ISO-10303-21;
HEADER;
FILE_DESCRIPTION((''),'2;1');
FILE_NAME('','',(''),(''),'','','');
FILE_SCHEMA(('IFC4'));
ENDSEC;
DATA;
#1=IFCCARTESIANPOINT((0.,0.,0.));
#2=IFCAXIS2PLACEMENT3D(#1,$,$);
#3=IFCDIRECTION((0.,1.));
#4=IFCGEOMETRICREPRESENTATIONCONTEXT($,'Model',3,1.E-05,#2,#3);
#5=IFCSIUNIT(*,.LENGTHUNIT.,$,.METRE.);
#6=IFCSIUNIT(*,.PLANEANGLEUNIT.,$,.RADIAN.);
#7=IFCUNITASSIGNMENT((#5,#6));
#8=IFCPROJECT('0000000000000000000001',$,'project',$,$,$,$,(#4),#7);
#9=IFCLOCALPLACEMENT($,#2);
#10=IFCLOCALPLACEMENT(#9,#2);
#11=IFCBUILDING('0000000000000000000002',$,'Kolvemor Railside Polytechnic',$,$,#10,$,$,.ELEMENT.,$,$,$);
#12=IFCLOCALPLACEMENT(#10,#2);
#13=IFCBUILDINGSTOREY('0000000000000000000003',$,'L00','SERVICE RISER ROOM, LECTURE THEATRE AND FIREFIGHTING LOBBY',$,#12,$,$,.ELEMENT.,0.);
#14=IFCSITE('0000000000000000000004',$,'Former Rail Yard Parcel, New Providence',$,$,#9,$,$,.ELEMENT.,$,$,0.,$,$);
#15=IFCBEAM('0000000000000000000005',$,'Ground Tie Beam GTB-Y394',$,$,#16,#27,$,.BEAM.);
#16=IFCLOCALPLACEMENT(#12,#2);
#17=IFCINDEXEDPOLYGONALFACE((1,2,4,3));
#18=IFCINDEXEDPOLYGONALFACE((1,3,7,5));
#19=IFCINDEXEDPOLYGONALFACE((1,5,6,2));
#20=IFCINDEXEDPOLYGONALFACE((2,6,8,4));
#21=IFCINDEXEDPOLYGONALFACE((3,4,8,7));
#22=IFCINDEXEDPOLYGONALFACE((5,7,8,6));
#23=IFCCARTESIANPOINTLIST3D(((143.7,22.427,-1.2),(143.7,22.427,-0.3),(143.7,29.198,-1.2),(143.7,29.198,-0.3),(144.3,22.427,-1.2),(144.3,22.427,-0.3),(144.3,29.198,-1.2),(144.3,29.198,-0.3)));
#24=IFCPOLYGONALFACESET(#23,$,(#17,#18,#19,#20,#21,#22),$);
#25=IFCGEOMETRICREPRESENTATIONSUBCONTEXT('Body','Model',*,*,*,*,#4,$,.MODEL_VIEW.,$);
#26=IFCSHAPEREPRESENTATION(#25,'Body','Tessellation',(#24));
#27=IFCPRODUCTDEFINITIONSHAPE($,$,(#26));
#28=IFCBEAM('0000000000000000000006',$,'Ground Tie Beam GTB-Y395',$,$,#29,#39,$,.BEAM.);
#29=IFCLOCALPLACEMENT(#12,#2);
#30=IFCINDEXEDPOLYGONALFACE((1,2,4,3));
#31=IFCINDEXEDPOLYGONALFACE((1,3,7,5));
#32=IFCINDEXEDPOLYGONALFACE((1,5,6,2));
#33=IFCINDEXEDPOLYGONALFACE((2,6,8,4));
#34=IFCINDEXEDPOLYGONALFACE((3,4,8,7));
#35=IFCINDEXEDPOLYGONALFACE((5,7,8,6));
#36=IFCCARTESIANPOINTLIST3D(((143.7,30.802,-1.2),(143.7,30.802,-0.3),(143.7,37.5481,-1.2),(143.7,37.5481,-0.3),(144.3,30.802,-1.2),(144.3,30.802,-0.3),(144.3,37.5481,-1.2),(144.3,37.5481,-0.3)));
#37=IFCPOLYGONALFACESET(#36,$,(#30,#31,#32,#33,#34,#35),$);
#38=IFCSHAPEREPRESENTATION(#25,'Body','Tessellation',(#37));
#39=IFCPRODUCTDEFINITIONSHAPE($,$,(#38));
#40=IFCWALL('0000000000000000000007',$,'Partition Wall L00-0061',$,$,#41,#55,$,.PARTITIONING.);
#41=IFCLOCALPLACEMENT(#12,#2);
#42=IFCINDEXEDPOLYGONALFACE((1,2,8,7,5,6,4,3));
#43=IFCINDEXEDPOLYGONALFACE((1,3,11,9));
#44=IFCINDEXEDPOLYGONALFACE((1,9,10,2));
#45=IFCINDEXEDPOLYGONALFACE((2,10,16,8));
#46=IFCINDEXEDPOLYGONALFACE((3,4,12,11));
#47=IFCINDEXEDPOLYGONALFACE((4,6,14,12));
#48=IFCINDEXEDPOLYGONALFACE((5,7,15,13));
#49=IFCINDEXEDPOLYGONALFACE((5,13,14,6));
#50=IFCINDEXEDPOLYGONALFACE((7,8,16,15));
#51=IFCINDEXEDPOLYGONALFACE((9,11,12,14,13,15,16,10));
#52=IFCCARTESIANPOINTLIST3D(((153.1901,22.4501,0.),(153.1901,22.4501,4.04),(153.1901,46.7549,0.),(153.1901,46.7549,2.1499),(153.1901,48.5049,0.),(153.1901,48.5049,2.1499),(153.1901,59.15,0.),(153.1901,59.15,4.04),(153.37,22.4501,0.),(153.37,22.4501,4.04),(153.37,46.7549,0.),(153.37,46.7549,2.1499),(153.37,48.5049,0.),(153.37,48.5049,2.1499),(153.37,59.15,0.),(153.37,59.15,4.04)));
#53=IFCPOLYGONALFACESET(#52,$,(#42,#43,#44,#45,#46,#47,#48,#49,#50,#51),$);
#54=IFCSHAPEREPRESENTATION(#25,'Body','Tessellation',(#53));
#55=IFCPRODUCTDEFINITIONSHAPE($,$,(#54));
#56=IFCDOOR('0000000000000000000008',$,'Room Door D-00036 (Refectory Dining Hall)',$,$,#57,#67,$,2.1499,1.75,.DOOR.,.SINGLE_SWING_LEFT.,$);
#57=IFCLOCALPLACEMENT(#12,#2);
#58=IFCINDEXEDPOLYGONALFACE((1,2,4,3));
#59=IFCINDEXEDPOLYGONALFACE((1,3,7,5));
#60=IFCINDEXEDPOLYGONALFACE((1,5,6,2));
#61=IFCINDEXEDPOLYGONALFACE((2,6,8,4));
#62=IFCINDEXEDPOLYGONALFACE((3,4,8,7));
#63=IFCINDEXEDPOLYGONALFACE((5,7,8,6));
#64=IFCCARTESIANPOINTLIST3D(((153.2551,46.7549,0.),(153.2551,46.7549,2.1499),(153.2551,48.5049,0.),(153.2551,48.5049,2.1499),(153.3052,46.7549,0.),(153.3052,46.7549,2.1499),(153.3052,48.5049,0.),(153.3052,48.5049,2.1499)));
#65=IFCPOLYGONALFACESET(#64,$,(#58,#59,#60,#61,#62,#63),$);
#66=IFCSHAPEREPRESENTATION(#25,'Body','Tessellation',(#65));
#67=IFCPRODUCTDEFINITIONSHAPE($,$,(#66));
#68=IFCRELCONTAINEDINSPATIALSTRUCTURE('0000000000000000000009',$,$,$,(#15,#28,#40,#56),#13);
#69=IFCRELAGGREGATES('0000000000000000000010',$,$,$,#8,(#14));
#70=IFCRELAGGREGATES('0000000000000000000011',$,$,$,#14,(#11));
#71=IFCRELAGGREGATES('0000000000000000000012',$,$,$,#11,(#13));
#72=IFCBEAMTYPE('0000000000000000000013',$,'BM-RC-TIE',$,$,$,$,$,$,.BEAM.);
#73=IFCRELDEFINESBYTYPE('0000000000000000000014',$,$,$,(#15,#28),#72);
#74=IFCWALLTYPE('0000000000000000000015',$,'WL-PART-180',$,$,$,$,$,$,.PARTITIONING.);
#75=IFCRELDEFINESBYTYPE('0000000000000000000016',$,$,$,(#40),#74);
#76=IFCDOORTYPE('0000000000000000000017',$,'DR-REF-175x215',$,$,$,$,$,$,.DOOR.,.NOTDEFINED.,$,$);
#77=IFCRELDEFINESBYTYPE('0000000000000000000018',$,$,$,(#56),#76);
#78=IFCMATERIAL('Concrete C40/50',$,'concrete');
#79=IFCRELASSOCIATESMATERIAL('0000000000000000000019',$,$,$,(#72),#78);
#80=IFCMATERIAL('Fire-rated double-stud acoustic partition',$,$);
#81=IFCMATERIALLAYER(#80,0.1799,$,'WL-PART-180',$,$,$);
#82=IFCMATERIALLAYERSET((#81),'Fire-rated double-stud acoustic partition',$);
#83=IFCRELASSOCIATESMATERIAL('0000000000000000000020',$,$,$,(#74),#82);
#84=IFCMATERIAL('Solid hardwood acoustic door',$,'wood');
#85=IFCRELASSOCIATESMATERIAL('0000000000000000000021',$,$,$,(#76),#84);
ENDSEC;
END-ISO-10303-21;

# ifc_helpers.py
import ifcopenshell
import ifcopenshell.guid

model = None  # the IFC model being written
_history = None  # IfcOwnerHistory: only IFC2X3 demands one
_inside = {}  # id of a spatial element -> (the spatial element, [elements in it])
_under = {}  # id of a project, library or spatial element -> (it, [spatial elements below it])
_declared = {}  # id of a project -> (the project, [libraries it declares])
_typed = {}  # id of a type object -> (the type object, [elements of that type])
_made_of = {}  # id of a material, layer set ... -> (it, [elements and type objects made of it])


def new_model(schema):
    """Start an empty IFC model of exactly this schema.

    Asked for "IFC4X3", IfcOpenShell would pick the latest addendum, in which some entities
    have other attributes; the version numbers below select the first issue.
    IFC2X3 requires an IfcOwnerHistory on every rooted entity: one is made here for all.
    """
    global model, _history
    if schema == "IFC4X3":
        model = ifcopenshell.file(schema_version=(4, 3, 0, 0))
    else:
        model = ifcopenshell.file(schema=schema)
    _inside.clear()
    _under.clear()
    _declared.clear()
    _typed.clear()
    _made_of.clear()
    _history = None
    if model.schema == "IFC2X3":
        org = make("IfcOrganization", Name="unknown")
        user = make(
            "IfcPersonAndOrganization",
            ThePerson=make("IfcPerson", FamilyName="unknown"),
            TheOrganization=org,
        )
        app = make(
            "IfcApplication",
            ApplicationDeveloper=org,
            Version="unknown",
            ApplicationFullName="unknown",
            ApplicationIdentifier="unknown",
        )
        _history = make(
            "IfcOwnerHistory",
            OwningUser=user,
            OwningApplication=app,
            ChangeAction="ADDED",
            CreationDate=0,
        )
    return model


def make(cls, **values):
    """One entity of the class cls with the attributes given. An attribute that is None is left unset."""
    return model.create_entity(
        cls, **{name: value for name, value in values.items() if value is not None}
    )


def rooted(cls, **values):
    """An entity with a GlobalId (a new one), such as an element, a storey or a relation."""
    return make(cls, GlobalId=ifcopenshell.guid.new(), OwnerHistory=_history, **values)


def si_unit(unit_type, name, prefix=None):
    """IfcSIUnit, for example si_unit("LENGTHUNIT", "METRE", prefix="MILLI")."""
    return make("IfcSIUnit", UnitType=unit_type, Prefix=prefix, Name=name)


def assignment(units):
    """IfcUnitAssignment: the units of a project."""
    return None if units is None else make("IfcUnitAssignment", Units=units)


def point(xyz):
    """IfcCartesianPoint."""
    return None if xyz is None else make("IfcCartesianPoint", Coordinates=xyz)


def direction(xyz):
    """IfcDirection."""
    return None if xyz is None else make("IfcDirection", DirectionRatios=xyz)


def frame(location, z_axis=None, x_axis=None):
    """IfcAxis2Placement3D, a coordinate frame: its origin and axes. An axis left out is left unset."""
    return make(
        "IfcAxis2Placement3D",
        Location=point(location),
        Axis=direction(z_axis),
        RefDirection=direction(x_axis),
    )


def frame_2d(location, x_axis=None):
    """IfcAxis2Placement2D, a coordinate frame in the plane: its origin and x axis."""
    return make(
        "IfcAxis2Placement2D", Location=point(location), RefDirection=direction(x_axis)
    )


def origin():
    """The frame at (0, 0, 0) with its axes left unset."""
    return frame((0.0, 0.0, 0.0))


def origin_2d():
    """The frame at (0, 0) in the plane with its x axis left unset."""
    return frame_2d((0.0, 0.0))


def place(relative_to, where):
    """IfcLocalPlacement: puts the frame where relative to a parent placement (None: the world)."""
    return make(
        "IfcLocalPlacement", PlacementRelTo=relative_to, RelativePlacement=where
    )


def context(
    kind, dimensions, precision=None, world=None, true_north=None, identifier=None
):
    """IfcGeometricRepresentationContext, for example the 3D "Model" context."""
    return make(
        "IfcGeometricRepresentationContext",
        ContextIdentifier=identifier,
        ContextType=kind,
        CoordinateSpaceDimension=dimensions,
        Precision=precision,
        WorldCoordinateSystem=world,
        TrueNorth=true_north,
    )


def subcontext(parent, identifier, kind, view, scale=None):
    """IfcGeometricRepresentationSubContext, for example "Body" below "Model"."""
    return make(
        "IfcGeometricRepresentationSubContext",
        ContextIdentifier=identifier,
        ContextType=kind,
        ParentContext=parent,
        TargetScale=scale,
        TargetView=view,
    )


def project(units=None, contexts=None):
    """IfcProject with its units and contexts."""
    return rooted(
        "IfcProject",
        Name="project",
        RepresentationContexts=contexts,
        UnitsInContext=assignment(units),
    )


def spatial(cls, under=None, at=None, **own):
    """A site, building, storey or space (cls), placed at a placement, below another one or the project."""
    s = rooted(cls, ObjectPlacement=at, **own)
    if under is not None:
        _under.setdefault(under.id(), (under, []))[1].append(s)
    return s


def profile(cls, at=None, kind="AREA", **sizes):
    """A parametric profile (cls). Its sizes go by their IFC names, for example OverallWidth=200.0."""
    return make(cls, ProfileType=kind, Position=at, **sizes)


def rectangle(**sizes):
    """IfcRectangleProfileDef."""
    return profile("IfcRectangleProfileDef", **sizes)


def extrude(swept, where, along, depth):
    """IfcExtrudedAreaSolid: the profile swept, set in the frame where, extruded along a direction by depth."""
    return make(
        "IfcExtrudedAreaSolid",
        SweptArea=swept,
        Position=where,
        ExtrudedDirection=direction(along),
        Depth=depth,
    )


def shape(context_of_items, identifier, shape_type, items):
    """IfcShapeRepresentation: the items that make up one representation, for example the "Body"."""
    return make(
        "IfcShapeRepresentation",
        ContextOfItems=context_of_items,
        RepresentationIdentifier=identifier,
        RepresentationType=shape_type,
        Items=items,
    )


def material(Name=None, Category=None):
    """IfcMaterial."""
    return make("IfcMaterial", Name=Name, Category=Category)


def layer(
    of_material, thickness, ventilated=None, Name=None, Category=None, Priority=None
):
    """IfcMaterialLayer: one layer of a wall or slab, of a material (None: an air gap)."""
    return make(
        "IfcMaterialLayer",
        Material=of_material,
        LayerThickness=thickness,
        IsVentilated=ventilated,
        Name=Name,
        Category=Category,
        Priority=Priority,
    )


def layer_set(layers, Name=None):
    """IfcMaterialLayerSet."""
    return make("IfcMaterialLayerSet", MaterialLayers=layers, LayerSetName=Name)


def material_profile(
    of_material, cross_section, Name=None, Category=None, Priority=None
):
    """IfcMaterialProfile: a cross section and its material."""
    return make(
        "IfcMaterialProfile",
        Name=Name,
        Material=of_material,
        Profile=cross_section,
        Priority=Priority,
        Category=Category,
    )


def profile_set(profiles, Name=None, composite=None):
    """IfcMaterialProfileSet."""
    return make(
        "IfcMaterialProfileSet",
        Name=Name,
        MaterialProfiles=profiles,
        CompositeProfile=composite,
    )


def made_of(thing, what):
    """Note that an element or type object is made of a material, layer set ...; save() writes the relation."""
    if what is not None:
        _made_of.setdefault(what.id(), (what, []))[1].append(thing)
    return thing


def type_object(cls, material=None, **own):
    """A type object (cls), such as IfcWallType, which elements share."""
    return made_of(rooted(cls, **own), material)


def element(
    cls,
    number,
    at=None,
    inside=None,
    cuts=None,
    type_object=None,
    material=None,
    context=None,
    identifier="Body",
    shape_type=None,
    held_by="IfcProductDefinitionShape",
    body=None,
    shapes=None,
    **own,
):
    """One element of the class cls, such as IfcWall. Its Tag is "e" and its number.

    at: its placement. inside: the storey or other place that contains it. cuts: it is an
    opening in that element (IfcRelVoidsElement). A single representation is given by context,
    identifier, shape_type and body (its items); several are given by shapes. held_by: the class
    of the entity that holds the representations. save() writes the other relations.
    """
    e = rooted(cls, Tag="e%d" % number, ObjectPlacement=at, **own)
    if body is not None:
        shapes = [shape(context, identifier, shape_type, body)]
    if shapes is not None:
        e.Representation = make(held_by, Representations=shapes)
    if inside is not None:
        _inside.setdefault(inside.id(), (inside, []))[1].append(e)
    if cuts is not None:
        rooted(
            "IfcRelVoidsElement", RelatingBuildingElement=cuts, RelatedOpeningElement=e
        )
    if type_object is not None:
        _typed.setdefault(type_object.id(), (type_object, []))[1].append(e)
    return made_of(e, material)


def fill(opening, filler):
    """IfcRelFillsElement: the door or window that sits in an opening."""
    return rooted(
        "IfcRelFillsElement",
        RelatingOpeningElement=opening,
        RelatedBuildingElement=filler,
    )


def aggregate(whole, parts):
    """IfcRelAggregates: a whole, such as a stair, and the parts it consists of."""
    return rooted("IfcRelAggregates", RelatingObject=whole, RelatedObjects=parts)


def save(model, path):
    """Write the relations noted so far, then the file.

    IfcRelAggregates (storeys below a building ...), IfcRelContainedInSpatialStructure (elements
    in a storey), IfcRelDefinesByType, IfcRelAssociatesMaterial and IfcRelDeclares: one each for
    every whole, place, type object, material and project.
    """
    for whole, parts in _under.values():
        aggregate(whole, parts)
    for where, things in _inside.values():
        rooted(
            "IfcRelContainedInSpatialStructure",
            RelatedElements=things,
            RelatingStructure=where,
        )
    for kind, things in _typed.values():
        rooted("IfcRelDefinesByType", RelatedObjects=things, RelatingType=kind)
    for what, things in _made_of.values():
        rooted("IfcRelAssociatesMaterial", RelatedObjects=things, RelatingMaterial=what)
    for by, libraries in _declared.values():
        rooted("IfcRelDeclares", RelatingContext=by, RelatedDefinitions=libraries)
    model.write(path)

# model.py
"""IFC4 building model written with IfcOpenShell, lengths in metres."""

from ifc_helpers import new_model, si_unit, direction, frame, frame_2d, origin, origin_2d, place, context, subcontext, project, spatial, rectangle, extrude, material, layer, layer_set, material_profile, profile_set, type_object, element, fill, save


model = new_model("IFC4")

# Units and contexts
model_context = context("Model", 3, precision=1e-05, world=origin(), true_north=direction((0.0, 1.0)))
body_context = subcontext(model_context, "Body", "Model", "MODEL_VIEW")
ifc_project = project(units=[si_unit("LENGTHUNIT", "METRE"), si_unit("PLANEANGLEUNIT", "RADIAN")], contexts=[model_context])

# Site, building, storey
site_placement = place(None, origin())
site = spatial("IfcSite", under=ifc_project, at=site_placement, Name="Former Rail Yard Parcel, New Providence", CompositionType="ELEMENT", RefElevation=0.0)
building_placement = place(site_placement, origin())
building = spatial("IfcBuilding", under=site, at=building_placement, Name="Kolvemor Railside Polytechnic", CompositionType="ELEMENT")
storey_placement = place(building_placement, origin())
storey = spatial("IfcBuildingStorey", under=building, at=storey_placement, Name="L00", Description="SERVICE RISER ROOM, LECTURE THEATRE AND FIREFIGHTING LOBBY", CompositionType="ELEMENT", Elevation=0.0)

# Beams
ifc_material_1 = material(Name="Concrete C40/50", Category="concrete")
ifc_material_profile_1 = material_profile(ifc_material_1, rectangle(XDim=0.6001, YDim=0.8999, at=origin_2d()), Name="RC600x900")
ifc_profile_set_1 = profile_set([ifc_material_profile_1], Name="Concrete C40/50")
beam_type_1 = type_object("IfcBeamType", Name="BM-RC-TIE", PredefinedType="BEAM", material=ifc_profile_set_1)
beam_1_placement = place(storey_placement, frame((144.0, 22.427, -0.75), z_axis=(0.0, 1.0, 0.0), x_axis=(-1.0, 0.0, 0.0)))
element("IfcBeam", 1, at=beam_1_placement, inside=storey, type_object=beam_type_1, Name="Ground Tie Beam GTB-Y394", PredefinedType="BEAM", context=body_context, shape_type="SweptSolid", body=[
    extrude(rectangle(XDim=0.6001, YDim=0.8999, at=origin_2d()), origin(), (0.0, 0.0, 1.0), 6.771),
])
beam_2_placement = place(storey_placement, frame((144.0, 30.802, -0.75), z_axis=(0.0, 1.0, 0.0), x_axis=(-1.0, 0.0, 0.0)))
element("IfcBeam", 2, at=beam_2_placement, inside=storey, type_object=beam_type_1, Name="Ground Tie Beam GTB-Y395", PredefinedType="BEAM", context=body_context, shape_type="SweptSolid", body=[
    extrude(rectangle(XDim=0.6001, YDim=0.8999, at=origin_2d()), origin(), (0.0, 0.0, 1.0), 6.7461),
])

# Wall, opening, door
ifc_material_2 = material(Name="Fire-rated double-stud acoustic partition")
ifc_layer = layer(ifc_material_2, 0.1799, Name="WL-PART-180")
ifc_layer_set = layer_set([ifc_layer], Name="Fire-rated double-stud acoustic partition")
wall_type = type_object("IfcWallType", Name="WL-PART-180", PredefinedType="PARTITIONING", material=ifc_layer_set)
wall_placement = place(storey_placement, frame((153.28, 22.45, 0.0), z_axis=(0.0, 0.0, 1.0), x_axis=(0.0, 1.0, 0.0)))
wall = element("IfcWall", 3, at=wall_placement, inside=storey, type_object=wall_type, Name="Partition Wall L00-0061", PredefinedType="PARTITIONING", context=body_context, shape_type="SweptSolid", body=[
    extrude(rectangle(XDim=36.7, YDim=0.1799, at=frame_2d((18.3501, 0.0))), origin(), (0.0, 0.0, 1.0), 4.04),
])
opening_placement = place(wall_placement, frame((24.3049, 0.0, 0.0)))
opening = element("IfcOpeningElement", 4, at=opening_placement, cuts=wall, PredefinedType="OPENING", context=body_context, shape_type="SweptSolid", body=[
    extrude(rectangle(XDim=1.75, YDim=2.1499, at=frame_2d((0.875, 1.075))), frame((0.0, 0.0999, 0.0), z_axis=(0.0, -1.0, 0.0), x_axis=(1.0, 0.0, 0.0)), (0.0, 0.0, 1.0), 0.2),
])
ifc_material_3 = material(Name="Solid hardwood acoustic door", Category="wood")
door_type = type_object("IfcDoorType", Name="DR-REF-175x215", OperationType="NOTDEFINED", PredefinedType="DOOR", material=ifc_material_3)
door_placement = place(opening_placement, origin())
door = element("IfcDoor", 5, at=door_placement, inside=storey, type_object=door_type, Name="Room Door D-00036 (Refectory Dining Hall)", OperationType="SINGLE_SWING_LEFT", OverallHeight=2.1499, OverallWidth=1.75, PredefinedType="DOOR", context=body_context, shape_type="SweptSolid", body=[
    extrude(rectangle(XDim=1.75, YDim=2.1499, at=frame_2d((0.875, 1.075))), frame((0.0, 0.0249, 0.0), z_axis=(0.0, -1.0, 0.0), x_axis=(1.0, 0.0, 0.0)), (0.0, 0.0, 1.0), 0.05),
])
fill(opening, door)

save(model, "model.ifc")
